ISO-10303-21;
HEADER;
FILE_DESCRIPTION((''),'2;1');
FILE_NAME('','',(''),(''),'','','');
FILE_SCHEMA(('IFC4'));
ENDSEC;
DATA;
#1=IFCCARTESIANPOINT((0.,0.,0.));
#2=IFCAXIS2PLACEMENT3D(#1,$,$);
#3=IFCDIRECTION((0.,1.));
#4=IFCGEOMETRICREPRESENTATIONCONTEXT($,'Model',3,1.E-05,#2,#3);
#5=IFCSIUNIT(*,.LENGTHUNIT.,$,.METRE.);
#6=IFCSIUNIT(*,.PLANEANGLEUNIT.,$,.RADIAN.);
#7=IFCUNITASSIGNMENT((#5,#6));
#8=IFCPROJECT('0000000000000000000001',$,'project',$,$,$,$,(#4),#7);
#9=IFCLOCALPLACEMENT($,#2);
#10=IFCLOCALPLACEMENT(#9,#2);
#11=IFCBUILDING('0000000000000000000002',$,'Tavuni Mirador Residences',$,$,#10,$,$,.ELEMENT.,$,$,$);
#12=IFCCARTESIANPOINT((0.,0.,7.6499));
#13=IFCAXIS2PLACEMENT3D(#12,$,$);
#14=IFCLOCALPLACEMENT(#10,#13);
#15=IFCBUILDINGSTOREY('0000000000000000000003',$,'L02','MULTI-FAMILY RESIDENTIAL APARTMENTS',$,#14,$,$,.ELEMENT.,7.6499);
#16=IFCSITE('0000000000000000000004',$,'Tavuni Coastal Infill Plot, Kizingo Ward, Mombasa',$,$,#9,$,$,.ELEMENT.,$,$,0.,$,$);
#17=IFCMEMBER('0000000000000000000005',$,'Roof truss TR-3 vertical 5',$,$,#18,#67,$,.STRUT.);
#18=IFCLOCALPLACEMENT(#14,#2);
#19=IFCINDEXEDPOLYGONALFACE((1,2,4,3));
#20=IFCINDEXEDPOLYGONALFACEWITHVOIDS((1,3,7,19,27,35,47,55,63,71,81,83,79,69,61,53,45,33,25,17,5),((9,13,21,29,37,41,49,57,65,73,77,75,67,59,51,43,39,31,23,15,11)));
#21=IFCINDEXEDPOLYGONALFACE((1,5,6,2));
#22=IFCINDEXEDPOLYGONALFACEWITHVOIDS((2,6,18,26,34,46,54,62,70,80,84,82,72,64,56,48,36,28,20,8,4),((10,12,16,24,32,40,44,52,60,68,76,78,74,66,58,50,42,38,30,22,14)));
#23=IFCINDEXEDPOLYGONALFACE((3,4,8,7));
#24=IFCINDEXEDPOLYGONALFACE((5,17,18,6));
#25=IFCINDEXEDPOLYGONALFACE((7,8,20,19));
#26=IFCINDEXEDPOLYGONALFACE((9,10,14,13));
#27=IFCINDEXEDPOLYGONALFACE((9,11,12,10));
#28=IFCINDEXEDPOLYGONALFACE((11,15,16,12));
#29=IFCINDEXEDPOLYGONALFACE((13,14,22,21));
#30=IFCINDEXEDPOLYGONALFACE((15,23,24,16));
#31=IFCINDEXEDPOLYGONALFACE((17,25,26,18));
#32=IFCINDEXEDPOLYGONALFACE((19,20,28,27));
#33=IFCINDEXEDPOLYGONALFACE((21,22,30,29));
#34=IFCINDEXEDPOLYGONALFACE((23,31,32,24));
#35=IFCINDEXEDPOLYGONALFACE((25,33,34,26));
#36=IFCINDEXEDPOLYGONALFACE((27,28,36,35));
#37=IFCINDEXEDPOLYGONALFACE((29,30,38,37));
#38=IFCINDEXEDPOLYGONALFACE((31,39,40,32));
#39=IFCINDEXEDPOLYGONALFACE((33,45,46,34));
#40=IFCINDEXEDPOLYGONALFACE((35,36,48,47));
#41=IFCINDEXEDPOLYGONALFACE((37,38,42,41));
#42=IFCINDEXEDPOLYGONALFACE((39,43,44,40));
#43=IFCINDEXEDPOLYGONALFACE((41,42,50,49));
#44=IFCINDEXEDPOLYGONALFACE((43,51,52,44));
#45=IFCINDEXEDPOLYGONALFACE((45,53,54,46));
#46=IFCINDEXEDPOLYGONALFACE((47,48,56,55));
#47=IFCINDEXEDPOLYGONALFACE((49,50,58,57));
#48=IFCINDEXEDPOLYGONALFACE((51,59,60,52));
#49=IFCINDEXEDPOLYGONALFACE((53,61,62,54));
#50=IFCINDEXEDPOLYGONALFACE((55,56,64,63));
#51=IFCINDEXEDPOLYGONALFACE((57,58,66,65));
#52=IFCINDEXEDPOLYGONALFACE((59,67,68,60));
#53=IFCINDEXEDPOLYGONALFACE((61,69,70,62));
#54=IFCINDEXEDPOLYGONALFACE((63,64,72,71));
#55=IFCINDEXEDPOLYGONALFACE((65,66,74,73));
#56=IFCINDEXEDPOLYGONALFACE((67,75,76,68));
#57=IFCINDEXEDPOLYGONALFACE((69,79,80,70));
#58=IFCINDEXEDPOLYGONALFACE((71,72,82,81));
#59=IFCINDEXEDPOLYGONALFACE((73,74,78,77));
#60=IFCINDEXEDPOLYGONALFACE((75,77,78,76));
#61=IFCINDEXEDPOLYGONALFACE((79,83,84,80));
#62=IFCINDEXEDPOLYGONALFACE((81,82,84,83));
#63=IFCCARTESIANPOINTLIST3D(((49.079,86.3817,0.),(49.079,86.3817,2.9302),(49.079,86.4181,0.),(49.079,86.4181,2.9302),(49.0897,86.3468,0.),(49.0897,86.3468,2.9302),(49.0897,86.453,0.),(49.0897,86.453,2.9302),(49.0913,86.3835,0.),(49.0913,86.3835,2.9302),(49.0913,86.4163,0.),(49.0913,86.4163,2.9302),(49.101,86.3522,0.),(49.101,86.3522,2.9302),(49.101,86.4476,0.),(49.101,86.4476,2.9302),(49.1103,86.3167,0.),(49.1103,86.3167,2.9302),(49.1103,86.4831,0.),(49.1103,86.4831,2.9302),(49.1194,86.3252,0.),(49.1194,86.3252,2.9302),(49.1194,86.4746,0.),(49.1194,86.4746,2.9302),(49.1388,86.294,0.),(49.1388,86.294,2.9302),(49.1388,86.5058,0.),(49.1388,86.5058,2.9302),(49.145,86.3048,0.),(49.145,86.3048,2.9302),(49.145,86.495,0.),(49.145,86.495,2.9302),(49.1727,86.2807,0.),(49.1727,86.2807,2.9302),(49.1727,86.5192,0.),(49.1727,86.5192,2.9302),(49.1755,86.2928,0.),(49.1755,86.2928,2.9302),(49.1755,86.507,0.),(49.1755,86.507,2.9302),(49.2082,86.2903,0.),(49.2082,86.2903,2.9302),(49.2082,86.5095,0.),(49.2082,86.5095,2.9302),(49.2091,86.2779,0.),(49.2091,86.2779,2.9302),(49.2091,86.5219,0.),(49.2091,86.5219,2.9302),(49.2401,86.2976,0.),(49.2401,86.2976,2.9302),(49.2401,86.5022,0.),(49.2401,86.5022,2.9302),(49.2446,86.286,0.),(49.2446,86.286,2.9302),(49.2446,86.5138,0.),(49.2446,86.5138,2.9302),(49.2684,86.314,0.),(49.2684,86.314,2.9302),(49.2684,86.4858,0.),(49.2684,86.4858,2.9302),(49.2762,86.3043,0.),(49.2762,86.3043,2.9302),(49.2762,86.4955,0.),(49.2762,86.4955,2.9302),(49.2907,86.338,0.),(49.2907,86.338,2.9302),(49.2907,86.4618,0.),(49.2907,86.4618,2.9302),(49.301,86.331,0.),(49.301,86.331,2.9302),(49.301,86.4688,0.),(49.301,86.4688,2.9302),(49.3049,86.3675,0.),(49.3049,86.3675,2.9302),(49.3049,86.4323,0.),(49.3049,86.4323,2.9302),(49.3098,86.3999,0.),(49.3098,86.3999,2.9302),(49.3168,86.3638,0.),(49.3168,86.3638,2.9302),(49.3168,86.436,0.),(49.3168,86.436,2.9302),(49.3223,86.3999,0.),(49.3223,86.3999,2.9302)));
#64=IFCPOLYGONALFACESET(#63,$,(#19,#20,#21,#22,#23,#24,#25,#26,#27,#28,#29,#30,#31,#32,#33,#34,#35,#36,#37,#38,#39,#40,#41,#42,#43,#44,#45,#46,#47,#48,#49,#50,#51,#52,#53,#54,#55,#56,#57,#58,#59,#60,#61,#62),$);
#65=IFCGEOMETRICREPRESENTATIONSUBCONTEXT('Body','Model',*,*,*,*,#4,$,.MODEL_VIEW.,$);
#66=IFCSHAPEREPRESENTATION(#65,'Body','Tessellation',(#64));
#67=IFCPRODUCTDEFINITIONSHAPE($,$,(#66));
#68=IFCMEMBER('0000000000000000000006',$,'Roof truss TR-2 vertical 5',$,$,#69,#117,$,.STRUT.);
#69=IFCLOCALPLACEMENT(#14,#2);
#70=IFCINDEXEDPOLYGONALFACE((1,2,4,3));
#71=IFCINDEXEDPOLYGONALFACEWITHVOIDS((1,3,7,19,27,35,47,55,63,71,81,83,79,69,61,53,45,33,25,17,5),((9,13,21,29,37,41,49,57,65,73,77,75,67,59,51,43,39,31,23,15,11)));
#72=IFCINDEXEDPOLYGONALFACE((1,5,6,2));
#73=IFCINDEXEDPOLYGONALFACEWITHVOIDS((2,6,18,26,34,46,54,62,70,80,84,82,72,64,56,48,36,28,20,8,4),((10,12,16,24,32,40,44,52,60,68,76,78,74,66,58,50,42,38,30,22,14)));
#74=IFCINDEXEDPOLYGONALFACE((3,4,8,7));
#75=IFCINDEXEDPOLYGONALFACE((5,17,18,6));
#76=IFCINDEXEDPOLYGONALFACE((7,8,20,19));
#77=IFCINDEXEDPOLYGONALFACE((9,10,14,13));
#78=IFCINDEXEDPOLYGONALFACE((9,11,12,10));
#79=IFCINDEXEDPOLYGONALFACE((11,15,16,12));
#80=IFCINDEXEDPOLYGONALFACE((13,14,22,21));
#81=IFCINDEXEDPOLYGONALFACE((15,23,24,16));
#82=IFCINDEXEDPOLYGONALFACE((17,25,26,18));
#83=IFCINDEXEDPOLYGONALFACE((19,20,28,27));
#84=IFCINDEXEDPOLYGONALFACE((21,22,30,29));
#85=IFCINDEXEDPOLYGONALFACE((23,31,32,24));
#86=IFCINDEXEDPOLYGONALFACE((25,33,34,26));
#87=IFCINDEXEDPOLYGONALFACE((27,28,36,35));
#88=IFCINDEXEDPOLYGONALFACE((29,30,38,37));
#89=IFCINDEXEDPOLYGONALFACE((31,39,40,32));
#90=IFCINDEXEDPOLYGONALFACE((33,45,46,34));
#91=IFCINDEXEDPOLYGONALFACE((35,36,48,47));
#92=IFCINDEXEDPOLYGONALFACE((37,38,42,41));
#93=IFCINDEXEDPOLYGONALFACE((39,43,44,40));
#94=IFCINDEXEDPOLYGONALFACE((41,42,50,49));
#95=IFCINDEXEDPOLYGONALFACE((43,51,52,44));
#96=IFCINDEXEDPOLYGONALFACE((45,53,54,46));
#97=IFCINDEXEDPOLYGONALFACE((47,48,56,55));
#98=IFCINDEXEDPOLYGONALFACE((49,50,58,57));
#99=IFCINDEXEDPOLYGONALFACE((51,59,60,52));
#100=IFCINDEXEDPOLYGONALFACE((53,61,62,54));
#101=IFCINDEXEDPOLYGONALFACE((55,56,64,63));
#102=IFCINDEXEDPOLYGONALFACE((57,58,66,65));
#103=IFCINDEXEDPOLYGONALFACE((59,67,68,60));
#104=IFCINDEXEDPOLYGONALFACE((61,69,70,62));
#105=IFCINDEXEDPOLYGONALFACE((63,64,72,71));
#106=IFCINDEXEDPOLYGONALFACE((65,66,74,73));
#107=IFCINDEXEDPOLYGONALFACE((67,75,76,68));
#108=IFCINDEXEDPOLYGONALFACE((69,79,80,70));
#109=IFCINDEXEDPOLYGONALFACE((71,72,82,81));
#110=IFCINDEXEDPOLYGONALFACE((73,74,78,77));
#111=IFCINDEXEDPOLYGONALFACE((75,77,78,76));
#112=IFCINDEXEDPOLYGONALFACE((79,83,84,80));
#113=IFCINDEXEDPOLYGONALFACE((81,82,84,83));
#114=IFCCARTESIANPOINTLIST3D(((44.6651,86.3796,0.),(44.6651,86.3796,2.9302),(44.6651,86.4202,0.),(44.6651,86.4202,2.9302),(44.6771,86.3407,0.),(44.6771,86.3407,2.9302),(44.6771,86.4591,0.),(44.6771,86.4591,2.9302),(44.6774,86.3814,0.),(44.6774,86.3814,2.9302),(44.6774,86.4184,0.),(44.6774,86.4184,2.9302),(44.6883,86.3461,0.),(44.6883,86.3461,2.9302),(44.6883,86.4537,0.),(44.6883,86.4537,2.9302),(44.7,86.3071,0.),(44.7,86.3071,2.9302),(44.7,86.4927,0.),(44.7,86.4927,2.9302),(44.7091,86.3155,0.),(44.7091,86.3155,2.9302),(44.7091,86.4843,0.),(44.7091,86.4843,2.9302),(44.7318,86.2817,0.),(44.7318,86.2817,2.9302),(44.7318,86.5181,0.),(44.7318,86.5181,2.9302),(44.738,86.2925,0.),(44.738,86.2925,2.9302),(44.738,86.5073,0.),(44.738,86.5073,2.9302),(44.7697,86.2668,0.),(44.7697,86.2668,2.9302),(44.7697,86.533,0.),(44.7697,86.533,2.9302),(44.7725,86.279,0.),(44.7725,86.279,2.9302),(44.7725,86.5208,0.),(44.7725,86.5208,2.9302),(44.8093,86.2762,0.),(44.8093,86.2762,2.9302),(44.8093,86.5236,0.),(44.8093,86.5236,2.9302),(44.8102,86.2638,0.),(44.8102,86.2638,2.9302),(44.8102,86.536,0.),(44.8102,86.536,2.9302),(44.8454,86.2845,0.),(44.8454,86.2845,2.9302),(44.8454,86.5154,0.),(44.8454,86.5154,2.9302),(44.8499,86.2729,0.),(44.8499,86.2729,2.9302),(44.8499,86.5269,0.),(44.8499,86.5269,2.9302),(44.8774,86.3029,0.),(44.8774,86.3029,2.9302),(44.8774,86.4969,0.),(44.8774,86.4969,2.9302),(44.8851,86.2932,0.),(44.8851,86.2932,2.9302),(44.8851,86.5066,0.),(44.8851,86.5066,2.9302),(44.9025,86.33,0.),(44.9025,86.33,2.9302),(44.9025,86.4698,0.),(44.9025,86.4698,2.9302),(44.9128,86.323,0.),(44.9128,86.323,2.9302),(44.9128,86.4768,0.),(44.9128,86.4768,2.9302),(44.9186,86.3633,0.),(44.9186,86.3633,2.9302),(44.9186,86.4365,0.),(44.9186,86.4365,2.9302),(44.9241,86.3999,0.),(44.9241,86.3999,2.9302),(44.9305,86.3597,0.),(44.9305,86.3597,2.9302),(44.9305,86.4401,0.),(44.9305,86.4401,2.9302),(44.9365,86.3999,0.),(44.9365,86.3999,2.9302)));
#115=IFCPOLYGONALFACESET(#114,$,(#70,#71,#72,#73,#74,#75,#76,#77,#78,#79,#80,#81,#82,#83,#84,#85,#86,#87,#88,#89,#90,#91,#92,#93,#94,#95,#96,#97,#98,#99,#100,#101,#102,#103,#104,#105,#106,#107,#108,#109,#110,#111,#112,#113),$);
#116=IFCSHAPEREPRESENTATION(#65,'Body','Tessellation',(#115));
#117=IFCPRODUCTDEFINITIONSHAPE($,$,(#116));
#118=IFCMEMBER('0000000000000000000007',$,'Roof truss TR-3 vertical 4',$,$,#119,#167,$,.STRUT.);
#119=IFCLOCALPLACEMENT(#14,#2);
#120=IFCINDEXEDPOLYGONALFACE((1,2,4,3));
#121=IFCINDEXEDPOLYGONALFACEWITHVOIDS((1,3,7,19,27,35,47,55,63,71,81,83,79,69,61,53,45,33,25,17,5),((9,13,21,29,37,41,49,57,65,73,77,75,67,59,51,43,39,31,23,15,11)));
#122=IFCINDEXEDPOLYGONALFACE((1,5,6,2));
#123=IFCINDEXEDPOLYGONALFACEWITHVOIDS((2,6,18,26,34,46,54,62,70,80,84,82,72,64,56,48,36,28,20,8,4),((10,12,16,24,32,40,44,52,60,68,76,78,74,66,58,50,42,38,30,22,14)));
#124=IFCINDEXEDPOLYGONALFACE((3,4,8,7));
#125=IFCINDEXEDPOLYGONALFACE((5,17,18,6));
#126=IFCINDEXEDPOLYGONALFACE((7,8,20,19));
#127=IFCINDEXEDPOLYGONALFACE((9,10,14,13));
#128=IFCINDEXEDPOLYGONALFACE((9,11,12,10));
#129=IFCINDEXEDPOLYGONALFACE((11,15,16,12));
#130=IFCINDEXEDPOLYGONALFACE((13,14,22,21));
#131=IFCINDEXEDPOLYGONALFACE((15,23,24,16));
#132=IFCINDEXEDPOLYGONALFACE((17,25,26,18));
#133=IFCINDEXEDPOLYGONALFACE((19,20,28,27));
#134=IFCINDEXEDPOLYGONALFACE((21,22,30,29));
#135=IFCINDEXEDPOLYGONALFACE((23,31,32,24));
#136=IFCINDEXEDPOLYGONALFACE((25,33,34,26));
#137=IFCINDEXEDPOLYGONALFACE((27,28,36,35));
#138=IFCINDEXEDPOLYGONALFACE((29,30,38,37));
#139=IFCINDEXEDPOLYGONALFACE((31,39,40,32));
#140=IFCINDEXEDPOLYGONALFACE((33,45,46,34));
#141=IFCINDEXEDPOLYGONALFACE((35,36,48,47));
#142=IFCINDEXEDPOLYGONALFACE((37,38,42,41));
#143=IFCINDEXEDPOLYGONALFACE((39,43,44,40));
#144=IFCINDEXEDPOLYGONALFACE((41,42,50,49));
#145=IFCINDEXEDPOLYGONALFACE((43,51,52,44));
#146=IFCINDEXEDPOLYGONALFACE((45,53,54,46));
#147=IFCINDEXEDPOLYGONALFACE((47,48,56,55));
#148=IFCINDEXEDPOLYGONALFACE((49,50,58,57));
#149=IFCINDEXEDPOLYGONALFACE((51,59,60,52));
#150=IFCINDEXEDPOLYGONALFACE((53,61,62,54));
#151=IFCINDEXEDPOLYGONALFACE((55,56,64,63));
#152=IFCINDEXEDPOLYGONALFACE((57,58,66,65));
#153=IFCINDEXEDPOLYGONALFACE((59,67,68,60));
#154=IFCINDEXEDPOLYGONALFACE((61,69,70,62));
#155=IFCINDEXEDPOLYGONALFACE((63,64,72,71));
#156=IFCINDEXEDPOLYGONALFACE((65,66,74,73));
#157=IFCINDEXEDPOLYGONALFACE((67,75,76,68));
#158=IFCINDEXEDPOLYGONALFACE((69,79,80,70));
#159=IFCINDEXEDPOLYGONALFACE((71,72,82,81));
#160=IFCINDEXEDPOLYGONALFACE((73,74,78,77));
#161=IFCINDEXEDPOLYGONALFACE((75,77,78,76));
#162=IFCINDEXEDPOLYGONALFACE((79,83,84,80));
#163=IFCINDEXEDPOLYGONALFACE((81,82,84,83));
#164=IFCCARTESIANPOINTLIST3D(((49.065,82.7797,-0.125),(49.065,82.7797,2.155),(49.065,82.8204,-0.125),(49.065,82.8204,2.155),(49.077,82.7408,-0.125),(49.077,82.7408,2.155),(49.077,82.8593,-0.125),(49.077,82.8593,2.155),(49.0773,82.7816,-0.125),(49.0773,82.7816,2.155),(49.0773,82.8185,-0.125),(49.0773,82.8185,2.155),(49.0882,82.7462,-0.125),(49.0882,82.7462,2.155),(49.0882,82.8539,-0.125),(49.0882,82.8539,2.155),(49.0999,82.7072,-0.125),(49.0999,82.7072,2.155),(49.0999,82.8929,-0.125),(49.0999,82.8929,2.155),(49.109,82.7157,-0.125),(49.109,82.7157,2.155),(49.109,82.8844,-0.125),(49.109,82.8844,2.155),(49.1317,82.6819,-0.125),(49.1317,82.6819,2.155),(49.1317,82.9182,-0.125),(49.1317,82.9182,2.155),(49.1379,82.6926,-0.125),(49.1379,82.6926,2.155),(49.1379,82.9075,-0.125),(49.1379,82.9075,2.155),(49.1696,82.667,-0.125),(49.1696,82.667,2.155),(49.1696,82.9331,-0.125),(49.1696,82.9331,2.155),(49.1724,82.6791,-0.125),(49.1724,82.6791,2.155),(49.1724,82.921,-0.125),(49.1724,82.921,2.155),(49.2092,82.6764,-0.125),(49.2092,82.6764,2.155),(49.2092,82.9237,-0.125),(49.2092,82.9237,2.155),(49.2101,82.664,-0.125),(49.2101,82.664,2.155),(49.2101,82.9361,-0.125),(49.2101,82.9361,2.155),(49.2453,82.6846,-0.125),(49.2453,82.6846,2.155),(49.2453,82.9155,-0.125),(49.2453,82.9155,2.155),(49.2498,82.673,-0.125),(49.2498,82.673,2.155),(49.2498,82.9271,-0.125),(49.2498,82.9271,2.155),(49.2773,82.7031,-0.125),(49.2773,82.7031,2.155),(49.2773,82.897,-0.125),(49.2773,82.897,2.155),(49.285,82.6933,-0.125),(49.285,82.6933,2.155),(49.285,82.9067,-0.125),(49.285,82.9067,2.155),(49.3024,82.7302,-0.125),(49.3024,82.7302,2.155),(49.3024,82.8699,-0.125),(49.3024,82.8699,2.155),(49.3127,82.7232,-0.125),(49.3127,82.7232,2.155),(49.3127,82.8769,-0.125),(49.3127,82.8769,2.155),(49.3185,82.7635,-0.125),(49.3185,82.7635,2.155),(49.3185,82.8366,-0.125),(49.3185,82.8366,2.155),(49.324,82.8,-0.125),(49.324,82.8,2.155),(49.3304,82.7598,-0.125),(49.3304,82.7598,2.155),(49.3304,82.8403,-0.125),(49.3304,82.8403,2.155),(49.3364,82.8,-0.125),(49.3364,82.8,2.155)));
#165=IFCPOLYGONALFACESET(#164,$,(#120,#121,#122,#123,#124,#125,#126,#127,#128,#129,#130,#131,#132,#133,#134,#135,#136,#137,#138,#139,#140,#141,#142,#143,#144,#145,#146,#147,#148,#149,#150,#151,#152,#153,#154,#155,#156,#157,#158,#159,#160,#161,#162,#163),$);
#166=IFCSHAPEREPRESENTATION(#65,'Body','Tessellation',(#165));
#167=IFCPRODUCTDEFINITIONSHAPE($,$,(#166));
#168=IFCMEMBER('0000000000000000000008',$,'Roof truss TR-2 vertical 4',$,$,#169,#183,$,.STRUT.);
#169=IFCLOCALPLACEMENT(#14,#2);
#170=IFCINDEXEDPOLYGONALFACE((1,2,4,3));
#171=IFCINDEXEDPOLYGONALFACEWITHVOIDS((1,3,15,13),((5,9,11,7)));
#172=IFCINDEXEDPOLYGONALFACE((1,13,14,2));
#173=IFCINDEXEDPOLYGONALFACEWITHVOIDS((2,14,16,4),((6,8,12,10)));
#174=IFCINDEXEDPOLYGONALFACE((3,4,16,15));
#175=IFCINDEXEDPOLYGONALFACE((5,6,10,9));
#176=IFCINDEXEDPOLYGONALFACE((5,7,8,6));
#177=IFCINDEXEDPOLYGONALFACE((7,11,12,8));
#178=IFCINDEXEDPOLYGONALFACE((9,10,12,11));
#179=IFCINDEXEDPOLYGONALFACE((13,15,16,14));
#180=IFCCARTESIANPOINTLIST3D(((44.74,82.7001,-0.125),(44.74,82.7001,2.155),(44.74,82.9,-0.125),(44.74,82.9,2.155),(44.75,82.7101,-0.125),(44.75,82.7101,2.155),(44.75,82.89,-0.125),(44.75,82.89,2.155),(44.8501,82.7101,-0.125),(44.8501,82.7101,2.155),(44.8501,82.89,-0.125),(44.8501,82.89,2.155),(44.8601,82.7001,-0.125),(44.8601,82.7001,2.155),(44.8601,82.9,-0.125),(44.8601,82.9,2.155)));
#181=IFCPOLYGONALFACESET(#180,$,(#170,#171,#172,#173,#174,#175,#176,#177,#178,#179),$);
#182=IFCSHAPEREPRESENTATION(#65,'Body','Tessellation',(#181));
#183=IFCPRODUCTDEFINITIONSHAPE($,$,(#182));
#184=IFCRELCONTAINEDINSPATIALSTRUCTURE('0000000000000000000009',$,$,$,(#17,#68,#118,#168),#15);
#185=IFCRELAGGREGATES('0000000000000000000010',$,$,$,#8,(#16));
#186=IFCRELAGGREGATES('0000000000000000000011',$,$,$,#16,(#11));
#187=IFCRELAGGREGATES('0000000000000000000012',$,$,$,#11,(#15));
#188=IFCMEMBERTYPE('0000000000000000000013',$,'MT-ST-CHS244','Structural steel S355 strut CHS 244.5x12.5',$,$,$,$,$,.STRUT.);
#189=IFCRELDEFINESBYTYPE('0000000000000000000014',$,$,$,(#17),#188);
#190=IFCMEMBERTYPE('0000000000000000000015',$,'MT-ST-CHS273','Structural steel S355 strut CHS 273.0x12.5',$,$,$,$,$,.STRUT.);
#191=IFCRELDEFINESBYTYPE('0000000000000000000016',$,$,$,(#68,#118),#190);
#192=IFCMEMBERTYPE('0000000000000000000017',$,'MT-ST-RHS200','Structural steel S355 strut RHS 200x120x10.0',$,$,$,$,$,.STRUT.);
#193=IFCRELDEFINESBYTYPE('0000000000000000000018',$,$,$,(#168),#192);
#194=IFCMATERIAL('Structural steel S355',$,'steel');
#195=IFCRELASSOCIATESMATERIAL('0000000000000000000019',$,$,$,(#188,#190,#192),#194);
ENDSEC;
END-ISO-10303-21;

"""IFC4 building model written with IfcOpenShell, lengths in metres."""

from ifc_helpers import new_model, si_unit, direction, frame, origin, origin_2d, place, context, subcontext, project, spatial, hollow_rectangle, hollow_circle, extrude, material, material_profile, profile_set, type_object, element, save


model = new_model("IFC4")

# Units and contexts
model_context = context("Model", 3, precision=1e-05, world=origin(), true_north=direction((0.0, 1.0)))
body_context = subcontext(model_context, "Body", "Model", "MODEL_VIEW")
ifc_project = project(units=[si_unit("LENGTHUNIT", "METRE"), si_unit("PLANEANGLEUNIT", "RADIAN")], contexts=[model_context])

# Site, building, storey
site_placement = place(None, origin())
site = spatial("IfcSite", under=ifc_project, at=site_placement, Name="Tavuni Coastal Infill Plot, Kizingo Ward, Mombasa", CompositionType="ELEMENT", RefElevation=0.0)
building_placement = place(site_placement, origin())
building = spatial("IfcBuilding", under=site, at=building_placement, Name="Tavuni Mirador Residences", CompositionType="ELEMENT")
storey_placement = place(building_placement, frame((0.0, 0.0, 7.6499)))
storey = spatial("IfcBuildingStorey", under=building, at=storey_placement, Name="L02", Description="MULTI-FAMILY RESIDENTIAL APARTMENTS", CompositionType="ELEMENT", Elevation=7.6499)

# Members
ifc_material_1 = material(Name="Structural steel S355", Category="steel")
ifc_material_profile_1 = material_profile(ifc_material_1, hollow_circle(Radius=0.1223, WallThickness=0.0125, at=origin_2d()), Name="CHS 244.5x12.5", Category="steel")
ifc_profile_set_1 = profile_set([ifc_material_profile_1], Name="Structural steel S355")
member_type_1 = type_object("IfcMemberType", Name="MT-ST-CHS244", Description="Structural steel S355 strut CHS 244.5x12.5", PredefinedType="STRUT", material=ifc_profile_set_1)
member_1_placement = place(storey_placement, frame((49.2, 86.3999, 0.0), z_axis=(0.0, 0.0, 1.0), x_axis=(1.0, 0.0, 0.0)))
element("IfcMember", 1, at=member_1_placement, inside=storey, type_object=member_type_1, Name="Roof truss TR-3 vertical 5", PredefinedType="STRUT", context=body_context, shape_type="SweptSolid", body=[
    extrude(hollow_circle(Radius=0.1223, WallThickness=0.0125, at=origin_2d()), origin(), (0.0, 0.0, 1.0), 2.9302),
])
ifc_material_profile_2 = material_profile(ifc_material_1, hollow_circle(Radius=0.1365, WallThickness=0.0125, at=origin_2d()), Name="CHS 273.0x12.5", Category="steel")
ifc_profile_set_2 = profile_set([ifc_material_profile_2], Name="Structural steel S355")
member_type_2 = type_object("IfcMemberType", Name="MT-ST-CHS273", Description="Structural steel S355 strut CHS 273.0x12.5", PredefinedType="STRUT", material=ifc_profile_set_2)
member_2_placement = place(storey_placement, frame((44.8, 86.3999, 0.0), z_axis=(0.0, 0.0, 1.0), x_axis=(1.0, 0.0, 0.0)))
element("IfcMember", 2, at=member_2_placement, inside=storey, type_object=member_type_2, Name="Roof truss TR-2 vertical 5", PredefinedType="STRUT", context=body_context, shape_type="SweptSolid", body=[
    extrude(hollow_circle(Radius=0.1365, WallThickness=0.0125, at=origin_2d()), origin(), (0.0, 0.0, 1.0), 2.9302),
])
member_3_placement = place(storey_placement, frame((49.2, 82.8, -0.125), z_axis=(0.0, 0.0, 1.0), x_axis=(1.0, 0.0, 0.0)))
element("IfcMember", 3, at=member_3_placement, inside=storey, type_object=member_type_2, Name="Roof truss TR-3 vertical 4", PredefinedType="STRUT", context=body_context, shape_type="SweptSolid", body=[
    extrude(hollow_circle(Radius=0.1365, WallThickness=0.0125, at=origin_2d()), origin(), (0.0, 0.0, 1.0), 2.28),
])
ifc_material_profile_3 = material_profile(ifc_material_1, hollow_rectangle(XDim=0.1201, YDim=0.2, WallThickness=0.01, at=origin_2d()), Name="RHS 200x120x10.0", Category="steel")
ifc_profile_set_3 = profile_set([ifc_material_profile_3], Name="Structural steel S355")
member_type_3 = type_object("IfcMemberType", Name="MT-ST-RHS200", Description="Structural steel S355 strut RHS 200x120x10.0", PredefinedType="STRUT", material=ifc_profile_set_3)
member_4_placement = place(storey_placement, frame((44.8, 82.8, -0.125), z_axis=(0.0, 0.0, 1.0), x_axis=(1.0, 0.0, 0.0)))
element("IfcMember", 4, at=member_4_placement, inside=storey, type_object=member_type_3, Name="Roof truss TR-2 vertical 4", PredefinedType="STRUT", context=body_context, shape_type="SweptSolid", body=[
    extrude(hollow_rectangle(XDim=0.1201, YDim=0.2, WallThickness=0.01, at=origin_2d()), origin(), (0.0, 0.0, 1.0), 2.28),
])

save(model, "model.ifc")
